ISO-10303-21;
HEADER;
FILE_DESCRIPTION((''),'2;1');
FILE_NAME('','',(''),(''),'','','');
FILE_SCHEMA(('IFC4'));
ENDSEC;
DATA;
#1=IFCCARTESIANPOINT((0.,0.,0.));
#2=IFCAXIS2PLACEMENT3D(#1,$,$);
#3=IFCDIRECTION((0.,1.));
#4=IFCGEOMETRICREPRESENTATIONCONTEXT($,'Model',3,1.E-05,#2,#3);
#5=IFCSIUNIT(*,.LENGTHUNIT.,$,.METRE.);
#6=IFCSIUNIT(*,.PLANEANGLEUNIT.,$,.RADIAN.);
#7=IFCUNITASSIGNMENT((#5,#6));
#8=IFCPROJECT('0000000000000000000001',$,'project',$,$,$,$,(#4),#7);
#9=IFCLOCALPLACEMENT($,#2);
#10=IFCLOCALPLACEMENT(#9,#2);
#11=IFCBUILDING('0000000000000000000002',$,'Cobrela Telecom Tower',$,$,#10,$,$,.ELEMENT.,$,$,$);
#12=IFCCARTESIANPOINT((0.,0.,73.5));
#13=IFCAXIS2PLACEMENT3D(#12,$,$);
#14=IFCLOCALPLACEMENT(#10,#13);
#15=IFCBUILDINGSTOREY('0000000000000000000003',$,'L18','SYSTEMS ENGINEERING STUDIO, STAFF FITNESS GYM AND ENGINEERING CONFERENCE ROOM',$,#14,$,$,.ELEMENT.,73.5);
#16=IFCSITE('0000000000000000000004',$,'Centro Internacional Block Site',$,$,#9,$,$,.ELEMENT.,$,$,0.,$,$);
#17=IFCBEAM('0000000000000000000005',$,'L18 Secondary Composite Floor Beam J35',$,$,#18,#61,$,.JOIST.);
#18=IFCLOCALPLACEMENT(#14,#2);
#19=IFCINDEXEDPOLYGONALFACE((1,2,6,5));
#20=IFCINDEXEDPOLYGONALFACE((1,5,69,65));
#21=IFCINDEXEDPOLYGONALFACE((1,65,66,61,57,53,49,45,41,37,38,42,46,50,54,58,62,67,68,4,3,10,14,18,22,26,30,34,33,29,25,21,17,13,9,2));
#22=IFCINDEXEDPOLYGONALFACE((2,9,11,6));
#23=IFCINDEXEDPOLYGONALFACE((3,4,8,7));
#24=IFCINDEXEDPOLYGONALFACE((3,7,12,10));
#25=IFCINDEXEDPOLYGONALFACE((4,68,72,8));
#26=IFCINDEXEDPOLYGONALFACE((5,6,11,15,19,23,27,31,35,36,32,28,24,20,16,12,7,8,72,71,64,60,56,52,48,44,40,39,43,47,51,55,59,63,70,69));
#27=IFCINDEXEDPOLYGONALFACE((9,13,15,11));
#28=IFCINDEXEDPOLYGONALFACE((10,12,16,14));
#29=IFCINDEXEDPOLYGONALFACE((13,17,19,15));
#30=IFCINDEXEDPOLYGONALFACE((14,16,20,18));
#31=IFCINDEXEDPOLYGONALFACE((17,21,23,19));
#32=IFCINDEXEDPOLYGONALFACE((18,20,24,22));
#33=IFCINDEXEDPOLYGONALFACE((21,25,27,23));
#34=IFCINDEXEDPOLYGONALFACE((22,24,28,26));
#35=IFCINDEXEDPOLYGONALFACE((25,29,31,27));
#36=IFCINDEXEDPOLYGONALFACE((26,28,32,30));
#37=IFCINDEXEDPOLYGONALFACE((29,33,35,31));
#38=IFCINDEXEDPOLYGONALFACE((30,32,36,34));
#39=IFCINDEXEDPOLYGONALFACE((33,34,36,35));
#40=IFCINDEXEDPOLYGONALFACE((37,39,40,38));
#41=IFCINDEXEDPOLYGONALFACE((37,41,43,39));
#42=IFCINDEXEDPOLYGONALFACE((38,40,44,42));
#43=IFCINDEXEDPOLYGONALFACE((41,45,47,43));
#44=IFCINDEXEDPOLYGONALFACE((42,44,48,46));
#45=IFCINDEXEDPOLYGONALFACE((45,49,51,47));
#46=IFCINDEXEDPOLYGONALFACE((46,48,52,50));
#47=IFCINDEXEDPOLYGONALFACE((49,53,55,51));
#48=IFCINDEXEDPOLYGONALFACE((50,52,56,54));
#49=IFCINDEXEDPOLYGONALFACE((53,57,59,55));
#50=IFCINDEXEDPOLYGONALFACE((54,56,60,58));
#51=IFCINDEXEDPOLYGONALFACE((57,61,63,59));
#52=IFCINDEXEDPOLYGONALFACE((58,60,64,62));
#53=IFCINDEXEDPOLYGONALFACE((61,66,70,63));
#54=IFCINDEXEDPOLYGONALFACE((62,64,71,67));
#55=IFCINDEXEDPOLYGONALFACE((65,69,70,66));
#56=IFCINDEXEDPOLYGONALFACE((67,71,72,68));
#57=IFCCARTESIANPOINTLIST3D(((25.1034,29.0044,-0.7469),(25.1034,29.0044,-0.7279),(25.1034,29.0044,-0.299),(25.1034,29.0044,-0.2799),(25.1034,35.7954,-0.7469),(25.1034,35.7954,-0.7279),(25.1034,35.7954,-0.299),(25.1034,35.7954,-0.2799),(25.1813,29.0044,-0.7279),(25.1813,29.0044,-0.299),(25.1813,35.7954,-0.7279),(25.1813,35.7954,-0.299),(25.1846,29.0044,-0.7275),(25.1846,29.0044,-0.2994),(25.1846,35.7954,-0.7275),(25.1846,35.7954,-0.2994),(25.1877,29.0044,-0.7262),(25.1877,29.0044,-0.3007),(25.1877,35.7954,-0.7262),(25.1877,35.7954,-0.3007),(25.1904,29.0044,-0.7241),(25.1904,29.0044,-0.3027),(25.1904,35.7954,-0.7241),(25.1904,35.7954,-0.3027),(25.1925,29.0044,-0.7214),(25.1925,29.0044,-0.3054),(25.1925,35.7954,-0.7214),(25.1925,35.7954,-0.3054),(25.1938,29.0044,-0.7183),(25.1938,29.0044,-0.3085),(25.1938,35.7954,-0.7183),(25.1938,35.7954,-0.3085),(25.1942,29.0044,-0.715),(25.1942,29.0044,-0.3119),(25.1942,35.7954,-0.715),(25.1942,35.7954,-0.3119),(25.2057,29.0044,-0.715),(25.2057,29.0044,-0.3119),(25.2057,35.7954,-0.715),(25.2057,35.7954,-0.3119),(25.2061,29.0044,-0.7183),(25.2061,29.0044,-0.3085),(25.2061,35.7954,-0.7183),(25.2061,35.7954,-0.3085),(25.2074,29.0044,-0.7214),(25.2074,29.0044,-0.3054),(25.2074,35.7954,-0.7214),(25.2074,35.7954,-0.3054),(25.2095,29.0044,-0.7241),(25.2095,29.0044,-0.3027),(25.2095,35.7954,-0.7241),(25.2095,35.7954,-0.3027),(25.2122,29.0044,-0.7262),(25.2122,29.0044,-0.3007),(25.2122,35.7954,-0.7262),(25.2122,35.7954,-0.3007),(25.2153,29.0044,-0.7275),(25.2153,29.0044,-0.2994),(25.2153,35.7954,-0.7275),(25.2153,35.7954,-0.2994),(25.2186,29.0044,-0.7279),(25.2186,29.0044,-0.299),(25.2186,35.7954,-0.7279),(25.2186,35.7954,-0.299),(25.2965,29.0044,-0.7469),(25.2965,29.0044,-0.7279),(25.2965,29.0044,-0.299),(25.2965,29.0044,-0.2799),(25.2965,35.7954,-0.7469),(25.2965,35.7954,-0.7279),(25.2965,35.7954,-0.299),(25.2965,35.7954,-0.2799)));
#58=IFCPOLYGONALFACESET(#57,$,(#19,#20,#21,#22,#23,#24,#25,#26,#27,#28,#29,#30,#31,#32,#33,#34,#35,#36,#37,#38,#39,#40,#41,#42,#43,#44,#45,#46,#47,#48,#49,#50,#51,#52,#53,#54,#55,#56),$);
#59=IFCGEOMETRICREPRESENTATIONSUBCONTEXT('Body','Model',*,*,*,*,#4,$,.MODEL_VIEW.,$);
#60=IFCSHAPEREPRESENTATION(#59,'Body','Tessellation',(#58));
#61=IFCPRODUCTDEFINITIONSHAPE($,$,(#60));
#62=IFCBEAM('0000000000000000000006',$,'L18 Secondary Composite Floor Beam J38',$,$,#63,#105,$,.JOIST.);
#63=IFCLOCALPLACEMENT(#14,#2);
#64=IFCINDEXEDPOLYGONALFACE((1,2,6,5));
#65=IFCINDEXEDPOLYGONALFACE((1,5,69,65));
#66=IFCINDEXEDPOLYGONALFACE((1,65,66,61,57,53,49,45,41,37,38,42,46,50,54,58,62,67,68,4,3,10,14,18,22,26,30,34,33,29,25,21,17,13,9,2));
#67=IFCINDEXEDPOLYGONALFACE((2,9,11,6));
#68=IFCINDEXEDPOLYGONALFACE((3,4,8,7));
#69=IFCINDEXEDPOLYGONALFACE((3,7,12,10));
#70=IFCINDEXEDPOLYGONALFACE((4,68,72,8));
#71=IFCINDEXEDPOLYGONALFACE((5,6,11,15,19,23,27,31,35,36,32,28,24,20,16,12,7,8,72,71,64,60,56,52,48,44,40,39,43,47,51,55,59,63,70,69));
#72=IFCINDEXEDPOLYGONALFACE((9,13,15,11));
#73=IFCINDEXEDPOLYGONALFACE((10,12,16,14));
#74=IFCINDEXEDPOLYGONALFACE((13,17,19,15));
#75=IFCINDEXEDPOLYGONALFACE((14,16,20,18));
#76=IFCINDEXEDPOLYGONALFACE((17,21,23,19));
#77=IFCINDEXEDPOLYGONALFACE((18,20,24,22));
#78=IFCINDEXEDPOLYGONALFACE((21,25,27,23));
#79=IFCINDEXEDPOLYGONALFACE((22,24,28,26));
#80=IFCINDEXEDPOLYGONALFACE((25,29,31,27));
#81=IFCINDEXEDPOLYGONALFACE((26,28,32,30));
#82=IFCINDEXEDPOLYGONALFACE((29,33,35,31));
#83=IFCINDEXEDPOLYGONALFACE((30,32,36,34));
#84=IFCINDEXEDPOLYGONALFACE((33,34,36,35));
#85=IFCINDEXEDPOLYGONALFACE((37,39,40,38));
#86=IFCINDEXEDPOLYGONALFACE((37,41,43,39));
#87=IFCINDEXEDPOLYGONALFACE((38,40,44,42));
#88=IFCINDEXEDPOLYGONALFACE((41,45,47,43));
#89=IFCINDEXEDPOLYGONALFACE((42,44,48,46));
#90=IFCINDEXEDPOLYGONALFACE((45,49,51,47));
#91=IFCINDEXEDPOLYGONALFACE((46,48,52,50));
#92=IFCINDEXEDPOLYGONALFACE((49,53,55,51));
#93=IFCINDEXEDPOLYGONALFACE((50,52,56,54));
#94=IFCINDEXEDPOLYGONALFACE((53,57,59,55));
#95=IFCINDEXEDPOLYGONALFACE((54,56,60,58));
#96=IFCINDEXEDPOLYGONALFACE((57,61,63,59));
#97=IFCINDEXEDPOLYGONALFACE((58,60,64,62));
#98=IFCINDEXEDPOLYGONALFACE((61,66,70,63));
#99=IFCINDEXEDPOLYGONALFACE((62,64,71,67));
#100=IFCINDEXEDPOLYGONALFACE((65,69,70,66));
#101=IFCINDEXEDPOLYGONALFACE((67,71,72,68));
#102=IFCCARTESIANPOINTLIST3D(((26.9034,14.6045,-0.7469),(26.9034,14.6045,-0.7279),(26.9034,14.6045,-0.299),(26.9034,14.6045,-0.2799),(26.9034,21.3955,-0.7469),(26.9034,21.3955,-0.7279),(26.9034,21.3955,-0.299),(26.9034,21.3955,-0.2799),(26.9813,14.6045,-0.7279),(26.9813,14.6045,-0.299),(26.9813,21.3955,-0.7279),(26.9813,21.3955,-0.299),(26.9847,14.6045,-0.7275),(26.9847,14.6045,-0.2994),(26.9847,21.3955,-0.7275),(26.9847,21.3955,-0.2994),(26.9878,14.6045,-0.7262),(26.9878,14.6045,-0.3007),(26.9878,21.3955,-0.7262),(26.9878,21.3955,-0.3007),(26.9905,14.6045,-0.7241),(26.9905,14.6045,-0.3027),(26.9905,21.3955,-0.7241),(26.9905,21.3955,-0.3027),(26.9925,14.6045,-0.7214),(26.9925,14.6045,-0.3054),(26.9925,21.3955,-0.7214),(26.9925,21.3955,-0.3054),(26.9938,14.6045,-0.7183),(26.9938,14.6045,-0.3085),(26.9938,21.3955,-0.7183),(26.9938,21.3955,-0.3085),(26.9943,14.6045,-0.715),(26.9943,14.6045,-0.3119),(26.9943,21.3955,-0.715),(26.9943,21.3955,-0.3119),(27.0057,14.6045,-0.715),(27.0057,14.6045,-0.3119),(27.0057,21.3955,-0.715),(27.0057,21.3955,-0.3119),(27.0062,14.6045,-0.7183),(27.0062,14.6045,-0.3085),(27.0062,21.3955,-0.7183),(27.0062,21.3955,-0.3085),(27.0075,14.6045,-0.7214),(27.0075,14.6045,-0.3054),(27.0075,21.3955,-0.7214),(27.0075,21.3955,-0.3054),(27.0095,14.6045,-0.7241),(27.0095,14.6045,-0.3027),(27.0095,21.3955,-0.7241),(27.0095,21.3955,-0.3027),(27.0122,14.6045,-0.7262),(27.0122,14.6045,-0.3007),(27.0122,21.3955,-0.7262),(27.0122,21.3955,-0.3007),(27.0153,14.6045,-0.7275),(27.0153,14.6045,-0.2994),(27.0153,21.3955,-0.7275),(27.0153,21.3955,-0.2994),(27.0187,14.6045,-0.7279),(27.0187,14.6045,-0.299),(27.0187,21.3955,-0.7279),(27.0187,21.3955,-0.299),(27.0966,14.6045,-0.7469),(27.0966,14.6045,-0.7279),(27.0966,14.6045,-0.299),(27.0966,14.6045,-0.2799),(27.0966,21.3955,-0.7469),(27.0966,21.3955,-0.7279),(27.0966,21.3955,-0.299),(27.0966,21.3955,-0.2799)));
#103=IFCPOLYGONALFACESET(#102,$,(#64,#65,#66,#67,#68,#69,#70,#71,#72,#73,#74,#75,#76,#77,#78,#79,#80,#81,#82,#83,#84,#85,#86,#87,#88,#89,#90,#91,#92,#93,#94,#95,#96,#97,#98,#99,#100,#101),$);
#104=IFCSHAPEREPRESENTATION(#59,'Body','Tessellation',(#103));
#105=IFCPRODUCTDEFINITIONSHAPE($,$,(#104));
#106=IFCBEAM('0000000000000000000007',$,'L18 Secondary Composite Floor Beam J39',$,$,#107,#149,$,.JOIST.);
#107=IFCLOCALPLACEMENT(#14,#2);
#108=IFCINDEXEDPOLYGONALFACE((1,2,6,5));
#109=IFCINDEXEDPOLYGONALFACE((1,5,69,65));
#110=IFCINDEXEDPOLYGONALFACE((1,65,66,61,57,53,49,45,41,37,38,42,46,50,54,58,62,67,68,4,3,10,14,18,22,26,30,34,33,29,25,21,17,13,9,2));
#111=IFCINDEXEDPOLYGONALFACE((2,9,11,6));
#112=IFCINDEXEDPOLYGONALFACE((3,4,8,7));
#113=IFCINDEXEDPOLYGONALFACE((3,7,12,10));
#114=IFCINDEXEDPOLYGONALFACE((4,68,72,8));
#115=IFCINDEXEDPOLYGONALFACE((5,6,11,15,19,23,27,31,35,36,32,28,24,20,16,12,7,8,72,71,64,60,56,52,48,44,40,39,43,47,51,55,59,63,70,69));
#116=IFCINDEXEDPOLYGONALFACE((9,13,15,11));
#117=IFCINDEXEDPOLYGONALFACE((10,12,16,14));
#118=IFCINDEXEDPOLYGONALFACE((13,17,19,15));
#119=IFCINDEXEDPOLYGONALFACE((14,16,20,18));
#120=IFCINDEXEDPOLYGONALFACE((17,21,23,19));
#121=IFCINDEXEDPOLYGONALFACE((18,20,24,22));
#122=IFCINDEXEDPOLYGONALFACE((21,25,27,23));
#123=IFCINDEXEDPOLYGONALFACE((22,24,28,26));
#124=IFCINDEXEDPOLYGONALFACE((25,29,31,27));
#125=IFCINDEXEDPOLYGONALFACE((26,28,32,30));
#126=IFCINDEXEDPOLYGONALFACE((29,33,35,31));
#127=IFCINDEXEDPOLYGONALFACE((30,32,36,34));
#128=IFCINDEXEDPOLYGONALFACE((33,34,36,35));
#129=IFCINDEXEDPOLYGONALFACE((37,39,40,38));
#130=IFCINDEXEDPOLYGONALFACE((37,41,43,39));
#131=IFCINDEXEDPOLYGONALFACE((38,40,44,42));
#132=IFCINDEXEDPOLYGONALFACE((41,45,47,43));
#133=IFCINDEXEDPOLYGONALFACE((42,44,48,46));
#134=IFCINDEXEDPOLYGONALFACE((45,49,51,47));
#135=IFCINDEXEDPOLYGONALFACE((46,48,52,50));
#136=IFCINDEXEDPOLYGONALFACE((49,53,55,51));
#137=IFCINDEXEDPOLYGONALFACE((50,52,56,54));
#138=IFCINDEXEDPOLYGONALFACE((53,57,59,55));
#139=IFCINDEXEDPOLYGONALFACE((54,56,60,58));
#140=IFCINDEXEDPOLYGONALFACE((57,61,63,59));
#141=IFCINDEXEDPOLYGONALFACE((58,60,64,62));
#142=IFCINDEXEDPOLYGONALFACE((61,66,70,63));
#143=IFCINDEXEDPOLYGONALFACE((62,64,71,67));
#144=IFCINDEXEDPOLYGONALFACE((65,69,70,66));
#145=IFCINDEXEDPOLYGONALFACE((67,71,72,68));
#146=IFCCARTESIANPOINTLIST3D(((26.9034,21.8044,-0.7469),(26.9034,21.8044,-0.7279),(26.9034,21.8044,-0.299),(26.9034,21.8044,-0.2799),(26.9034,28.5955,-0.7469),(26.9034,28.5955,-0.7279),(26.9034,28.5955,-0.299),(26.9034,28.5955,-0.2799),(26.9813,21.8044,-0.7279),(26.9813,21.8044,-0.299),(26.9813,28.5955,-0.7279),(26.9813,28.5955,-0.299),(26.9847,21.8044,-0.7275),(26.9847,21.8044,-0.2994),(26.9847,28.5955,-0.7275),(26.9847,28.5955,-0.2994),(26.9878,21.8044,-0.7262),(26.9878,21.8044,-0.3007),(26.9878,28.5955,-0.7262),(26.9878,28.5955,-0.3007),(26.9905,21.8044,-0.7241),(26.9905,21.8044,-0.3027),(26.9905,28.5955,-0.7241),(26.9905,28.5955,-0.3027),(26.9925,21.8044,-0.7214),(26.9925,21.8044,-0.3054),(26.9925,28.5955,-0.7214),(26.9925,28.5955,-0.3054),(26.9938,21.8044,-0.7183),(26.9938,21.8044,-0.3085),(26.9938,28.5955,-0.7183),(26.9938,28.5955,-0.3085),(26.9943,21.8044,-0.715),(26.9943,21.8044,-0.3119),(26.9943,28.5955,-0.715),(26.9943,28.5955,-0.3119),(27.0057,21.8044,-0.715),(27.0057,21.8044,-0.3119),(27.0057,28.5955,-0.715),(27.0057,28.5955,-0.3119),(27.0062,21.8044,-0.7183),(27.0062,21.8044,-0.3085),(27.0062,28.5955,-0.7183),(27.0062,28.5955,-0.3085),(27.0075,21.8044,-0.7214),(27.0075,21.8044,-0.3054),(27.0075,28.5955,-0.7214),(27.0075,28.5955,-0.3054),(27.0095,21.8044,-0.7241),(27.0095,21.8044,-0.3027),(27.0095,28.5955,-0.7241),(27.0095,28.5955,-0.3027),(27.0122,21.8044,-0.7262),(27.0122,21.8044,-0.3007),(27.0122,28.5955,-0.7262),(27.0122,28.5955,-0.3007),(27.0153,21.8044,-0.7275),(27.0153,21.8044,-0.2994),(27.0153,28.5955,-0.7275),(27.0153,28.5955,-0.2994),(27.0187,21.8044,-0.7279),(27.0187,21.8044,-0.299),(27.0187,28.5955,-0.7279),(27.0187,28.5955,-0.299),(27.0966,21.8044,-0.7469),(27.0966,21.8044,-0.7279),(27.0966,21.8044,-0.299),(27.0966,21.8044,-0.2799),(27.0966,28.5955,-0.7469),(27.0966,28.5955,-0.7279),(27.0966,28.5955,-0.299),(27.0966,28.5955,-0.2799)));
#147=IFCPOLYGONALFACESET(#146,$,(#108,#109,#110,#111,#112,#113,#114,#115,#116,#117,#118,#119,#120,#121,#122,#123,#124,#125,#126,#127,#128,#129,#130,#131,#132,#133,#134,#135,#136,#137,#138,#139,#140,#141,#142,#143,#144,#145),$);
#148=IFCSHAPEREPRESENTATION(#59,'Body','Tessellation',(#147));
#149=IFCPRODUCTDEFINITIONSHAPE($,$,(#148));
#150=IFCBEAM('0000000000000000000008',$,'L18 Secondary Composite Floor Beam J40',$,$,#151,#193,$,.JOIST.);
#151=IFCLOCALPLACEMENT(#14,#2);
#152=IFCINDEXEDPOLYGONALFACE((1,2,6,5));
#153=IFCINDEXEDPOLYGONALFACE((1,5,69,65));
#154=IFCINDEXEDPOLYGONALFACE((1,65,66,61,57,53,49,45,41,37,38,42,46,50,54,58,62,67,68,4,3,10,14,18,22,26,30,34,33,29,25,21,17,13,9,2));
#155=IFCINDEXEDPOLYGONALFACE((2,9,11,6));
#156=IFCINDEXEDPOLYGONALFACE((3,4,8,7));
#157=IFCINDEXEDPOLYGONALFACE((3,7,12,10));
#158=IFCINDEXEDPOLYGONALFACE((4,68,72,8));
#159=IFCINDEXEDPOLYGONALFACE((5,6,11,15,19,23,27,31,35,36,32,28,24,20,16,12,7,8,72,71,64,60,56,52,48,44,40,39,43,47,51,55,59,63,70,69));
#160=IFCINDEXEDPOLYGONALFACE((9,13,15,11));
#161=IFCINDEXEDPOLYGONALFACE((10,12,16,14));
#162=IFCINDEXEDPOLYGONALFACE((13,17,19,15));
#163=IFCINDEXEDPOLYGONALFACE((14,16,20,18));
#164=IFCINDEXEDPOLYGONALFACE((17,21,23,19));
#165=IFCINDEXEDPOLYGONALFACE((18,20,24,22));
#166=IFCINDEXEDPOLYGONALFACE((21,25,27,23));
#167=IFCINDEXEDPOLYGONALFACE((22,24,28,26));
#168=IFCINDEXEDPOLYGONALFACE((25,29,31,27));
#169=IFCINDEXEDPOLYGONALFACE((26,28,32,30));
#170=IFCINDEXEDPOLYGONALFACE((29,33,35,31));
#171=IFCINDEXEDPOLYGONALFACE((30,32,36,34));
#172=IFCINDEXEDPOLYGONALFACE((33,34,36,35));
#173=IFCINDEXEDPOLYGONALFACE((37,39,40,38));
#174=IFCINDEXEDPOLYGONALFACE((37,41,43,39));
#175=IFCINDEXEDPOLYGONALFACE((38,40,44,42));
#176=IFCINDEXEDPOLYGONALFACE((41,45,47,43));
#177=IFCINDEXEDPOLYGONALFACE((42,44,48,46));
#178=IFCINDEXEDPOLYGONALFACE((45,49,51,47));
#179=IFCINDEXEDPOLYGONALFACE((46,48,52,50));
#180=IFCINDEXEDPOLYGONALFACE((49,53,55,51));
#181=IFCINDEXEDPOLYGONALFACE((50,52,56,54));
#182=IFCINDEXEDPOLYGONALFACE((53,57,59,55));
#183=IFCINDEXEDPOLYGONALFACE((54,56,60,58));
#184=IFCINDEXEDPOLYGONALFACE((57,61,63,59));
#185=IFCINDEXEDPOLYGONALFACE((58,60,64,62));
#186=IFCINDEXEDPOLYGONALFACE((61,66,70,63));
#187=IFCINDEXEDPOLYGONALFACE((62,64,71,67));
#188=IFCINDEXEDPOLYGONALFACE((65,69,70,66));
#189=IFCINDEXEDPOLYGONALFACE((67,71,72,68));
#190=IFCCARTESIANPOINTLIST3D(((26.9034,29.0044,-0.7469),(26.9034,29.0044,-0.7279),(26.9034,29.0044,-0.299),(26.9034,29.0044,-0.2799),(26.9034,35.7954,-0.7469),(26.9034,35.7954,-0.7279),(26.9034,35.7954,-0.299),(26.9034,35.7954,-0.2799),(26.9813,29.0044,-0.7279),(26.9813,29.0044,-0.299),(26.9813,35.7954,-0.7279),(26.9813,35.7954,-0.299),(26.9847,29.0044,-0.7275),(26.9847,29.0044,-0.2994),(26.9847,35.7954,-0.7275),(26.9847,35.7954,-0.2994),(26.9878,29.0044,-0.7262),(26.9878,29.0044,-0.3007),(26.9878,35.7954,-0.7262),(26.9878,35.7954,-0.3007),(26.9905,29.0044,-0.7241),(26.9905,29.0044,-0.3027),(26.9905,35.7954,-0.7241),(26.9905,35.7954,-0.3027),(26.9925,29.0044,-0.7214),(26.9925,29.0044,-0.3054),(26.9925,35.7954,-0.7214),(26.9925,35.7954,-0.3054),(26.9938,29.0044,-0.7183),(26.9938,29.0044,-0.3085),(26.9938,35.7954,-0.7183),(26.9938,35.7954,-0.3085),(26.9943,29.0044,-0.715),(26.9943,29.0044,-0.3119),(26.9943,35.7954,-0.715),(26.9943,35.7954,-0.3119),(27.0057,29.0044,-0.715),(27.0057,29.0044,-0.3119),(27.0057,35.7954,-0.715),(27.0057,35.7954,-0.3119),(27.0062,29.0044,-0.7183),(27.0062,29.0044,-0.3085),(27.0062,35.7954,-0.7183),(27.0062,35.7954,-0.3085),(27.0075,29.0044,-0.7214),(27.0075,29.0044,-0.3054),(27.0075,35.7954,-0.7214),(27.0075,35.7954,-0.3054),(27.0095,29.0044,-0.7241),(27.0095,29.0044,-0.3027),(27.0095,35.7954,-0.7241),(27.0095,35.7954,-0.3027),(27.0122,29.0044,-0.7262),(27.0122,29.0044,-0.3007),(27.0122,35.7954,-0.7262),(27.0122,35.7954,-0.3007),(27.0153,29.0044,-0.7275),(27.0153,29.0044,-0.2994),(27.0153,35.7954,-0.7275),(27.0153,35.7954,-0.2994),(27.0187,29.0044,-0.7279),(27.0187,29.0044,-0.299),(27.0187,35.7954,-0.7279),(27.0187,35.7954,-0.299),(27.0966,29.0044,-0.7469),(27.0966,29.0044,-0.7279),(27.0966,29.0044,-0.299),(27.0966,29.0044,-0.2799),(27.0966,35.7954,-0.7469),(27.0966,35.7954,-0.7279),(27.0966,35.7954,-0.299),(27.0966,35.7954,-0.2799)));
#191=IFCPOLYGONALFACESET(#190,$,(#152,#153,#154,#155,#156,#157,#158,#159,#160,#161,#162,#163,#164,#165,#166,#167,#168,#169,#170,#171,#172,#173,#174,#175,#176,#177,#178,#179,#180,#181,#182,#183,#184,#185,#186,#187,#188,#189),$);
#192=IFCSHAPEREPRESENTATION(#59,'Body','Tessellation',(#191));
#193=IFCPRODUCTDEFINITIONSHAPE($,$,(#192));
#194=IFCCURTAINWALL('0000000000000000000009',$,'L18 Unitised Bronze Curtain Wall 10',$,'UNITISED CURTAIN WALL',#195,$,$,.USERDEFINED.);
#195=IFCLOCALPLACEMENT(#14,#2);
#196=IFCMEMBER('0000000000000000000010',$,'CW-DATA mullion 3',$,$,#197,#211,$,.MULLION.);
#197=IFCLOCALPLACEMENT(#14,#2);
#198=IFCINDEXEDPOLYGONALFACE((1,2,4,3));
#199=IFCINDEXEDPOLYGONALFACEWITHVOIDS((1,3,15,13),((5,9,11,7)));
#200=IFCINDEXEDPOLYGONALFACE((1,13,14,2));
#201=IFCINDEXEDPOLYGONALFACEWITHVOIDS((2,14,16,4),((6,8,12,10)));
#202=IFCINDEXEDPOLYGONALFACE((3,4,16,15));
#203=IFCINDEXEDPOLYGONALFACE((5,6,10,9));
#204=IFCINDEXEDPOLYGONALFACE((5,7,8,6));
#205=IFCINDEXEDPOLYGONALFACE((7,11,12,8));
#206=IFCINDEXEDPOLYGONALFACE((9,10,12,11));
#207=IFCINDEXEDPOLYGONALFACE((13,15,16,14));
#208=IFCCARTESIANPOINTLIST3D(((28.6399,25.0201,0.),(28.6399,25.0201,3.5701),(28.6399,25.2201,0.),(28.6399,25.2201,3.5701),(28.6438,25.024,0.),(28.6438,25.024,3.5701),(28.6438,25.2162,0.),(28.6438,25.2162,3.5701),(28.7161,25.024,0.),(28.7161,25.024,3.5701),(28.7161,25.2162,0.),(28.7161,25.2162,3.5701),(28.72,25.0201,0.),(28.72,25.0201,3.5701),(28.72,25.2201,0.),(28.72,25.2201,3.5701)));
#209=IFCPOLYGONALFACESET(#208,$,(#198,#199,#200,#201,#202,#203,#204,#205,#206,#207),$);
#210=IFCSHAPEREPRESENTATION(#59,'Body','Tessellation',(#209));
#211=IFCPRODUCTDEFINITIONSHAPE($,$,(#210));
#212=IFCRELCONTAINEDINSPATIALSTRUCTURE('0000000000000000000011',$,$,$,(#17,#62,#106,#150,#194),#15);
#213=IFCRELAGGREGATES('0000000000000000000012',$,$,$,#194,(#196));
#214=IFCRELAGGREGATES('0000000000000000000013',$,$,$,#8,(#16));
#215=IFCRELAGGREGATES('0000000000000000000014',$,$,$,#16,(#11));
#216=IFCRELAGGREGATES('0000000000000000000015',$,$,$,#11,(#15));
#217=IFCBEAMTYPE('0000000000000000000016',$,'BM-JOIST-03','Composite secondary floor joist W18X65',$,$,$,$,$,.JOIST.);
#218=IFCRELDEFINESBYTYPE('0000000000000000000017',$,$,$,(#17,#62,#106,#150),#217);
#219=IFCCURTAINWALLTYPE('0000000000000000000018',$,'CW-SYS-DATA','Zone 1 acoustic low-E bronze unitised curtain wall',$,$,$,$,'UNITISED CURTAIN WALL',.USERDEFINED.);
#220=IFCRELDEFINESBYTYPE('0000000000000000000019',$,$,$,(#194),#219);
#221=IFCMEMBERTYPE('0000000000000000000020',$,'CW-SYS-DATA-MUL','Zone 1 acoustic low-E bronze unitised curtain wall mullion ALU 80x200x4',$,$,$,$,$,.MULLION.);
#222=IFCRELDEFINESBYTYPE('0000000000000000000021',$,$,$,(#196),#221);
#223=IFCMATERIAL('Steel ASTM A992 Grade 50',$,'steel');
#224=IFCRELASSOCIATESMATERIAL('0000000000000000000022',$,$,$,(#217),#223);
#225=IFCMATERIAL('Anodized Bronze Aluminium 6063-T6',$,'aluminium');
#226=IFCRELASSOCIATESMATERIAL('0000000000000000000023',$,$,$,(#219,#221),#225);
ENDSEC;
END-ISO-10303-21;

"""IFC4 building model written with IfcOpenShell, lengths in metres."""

from ifc_helpers import new_model, si_unit, direction, frame, origin, origin_2d, place, context, subcontext, project, spatial, hollow_rectangle, i_section, extrude, material, material_profile, profile_set, type_object, element, aggregate, save


model = new_model("IFC4")

# Units and contexts
model_context = context("Model", 3, precision=1e-05, world=origin(), true_north=direction((0.0, 1.0)))
body_context = subcontext(model_context, "Body", "Model", "MODEL_VIEW")
ifc_project = project(units=[si_unit("LENGTHUNIT", "METRE"), si_unit("PLANEANGLEUNIT", "RADIAN")], contexts=[model_context])

# Site, building, storey
site_placement = place(None, origin())
site = spatial("IfcSite", under=ifc_project, at=site_placement, Name="Centro Internacional Block Site", CompositionType="ELEMENT", RefElevation=0.0)
building_placement = place(site_placement, origin())
building = spatial("IfcBuilding", under=site, at=building_placement, Name="Cobrela Telecom Tower", CompositionType="ELEMENT")
storey_placement = place(building_placement, frame((0.0, 0.0, 73.5)))
storey = spatial("IfcBuildingStorey", under=building, at=storey_placement, Name="L18", Description="SYSTEMS ENGINEERING STUDIO, STAFF FITNESS GYM AND ENGINEERING CONFERENCE ROOM", CompositionType="ELEMENT", Elevation=73.5)

# Shared definitions
ifc_material_1 = material(Name="Steel ASTM A992 Grade 50", Category="steel")

# Beams
ifc_material_profile_1 = material_profile(ifc_material_1, i_section(OverallWidth=0.1931, OverallDepth=0.467, WebThickness=0.0115, FlangeThickness=0.019, FilletRadius=0.0129, at=origin_2d()), Name="W18X65")
ifc_profile_set_1 = profile_set([ifc_material_profile_1], Name="Steel ASTM A992 Grade 50")
beam_type_1 = type_object("IfcBeamType", Name="BM-JOIST-03", Description="Composite secondary floor joist W18X65", PredefinedType="JOIST", material=ifc_profile_set_1)
for number, where, z_axis, x_axis, name in (
    (1, (25.2, 29.0044, -0.5134), (0.0, 1.0, 0.0), (-1.0, 0.0, 0.0), "L18 Secondary Composite Floor Beam J35"),
    (2, (27.0, 14.6045, -0.5134), (0.0, 1.0, 0.0), (-1.0, 0.0, 0.0), "L18 Secondary Composite Floor Beam J38"),
    (3, (27.0, 21.8044, -0.5134), (0.0, 1.0, 0.0), (-1.0, 0.0, 0.0), "L18 Secondary Composite Floor Beam J39"),
    (4, (27.0, 29.0044, -0.5134), (0.0, 1.0, 0.0), (-1.0, 0.0, 0.0), "L18 Secondary Composite Floor Beam J40"),
):
    element("IfcBeam", number, at=place(storey_placement, frame(where, z_axis=z_axis, x_axis=x_axis)), inside=storey, type_object=beam_type_1, Name=name, PredefinedType="JOIST", context=body_context, shape_type="SweptSolid", body=[
        extrude(i_section(OverallWidth=0.1931, OverallDepth=0.467, WebThickness=0.0115, FlangeThickness=0.019, FilletRadius=0.0129, at=origin_2d()), origin(), (0.0, 0.0, 1.0), 6.791),
    ])

# Curtain wall, member
ifc_material_2 = material(Name="Anodized Bronze Aluminium 6063-T6", Category="aluminium")
curtain_wall_type = type_object("IfcCurtainWallType", Name="CW-SYS-DATA", Description="Zone 1 acoustic low-E bronze unitised curtain wall", ElementType="UNITISED CURTAIN WALL", PredefinedType="USERDEFINED", material=ifc_material_2)
curtain_wall_placement = place(storey_placement, origin())
curtain_wall = element("IfcCurtainWall", 5, at=curtain_wall_placement, inside=storey, type_object=curtain_wall_type, Name="L18 Unitised Bronze Curtain Wall 10", ObjectType="UNITISED CURTAIN WALL", PredefinedType="USERDEFINED")
ifc_material_profile_2 = material_profile(ifc_material_2, hollow_rectangle(XDim=0.0801, YDim=0.2, WallThickness=0.0039, at=origin_2d()), Name="ALU 80x200x4")
ifc_profile_set_2 = profile_set([ifc_material_profile_2], Name="Anodized Bronze Aluminium 6063-T6")
member_type = type_object("IfcMemberType", Name="CW-SYS-DATA-MUL", Description="Zone 1 acoustic low-E bronze unitised curtain wall mullion ALU 80x200x4", PredefinedType="MULLION", material=ifc_profile_set_2)
member_placement = place(storey_placement, frame((28.6799, 25.1201, 0.0), z_axis=(0.0, 0.0, 1.0), x_axis=(1.0, 0.0, 0.0)))
member = element("IfcMember", 6, at=member_placement, type_object=member_type, Name="CW-DATA mullion 3", PredefinedType="MULLION", context=body_context, shape_type="SweptSolid", body=[
    extrude(hollow_rectangle(XDim=0.0801, YDim=0.2, WallThickness=0.0039, at=origin_2d()), origin(), (0.0, 0.0, 1.0), 3.5701),
])
aggregate(curtain_wall, [member])

save(model, "model.ifc")
